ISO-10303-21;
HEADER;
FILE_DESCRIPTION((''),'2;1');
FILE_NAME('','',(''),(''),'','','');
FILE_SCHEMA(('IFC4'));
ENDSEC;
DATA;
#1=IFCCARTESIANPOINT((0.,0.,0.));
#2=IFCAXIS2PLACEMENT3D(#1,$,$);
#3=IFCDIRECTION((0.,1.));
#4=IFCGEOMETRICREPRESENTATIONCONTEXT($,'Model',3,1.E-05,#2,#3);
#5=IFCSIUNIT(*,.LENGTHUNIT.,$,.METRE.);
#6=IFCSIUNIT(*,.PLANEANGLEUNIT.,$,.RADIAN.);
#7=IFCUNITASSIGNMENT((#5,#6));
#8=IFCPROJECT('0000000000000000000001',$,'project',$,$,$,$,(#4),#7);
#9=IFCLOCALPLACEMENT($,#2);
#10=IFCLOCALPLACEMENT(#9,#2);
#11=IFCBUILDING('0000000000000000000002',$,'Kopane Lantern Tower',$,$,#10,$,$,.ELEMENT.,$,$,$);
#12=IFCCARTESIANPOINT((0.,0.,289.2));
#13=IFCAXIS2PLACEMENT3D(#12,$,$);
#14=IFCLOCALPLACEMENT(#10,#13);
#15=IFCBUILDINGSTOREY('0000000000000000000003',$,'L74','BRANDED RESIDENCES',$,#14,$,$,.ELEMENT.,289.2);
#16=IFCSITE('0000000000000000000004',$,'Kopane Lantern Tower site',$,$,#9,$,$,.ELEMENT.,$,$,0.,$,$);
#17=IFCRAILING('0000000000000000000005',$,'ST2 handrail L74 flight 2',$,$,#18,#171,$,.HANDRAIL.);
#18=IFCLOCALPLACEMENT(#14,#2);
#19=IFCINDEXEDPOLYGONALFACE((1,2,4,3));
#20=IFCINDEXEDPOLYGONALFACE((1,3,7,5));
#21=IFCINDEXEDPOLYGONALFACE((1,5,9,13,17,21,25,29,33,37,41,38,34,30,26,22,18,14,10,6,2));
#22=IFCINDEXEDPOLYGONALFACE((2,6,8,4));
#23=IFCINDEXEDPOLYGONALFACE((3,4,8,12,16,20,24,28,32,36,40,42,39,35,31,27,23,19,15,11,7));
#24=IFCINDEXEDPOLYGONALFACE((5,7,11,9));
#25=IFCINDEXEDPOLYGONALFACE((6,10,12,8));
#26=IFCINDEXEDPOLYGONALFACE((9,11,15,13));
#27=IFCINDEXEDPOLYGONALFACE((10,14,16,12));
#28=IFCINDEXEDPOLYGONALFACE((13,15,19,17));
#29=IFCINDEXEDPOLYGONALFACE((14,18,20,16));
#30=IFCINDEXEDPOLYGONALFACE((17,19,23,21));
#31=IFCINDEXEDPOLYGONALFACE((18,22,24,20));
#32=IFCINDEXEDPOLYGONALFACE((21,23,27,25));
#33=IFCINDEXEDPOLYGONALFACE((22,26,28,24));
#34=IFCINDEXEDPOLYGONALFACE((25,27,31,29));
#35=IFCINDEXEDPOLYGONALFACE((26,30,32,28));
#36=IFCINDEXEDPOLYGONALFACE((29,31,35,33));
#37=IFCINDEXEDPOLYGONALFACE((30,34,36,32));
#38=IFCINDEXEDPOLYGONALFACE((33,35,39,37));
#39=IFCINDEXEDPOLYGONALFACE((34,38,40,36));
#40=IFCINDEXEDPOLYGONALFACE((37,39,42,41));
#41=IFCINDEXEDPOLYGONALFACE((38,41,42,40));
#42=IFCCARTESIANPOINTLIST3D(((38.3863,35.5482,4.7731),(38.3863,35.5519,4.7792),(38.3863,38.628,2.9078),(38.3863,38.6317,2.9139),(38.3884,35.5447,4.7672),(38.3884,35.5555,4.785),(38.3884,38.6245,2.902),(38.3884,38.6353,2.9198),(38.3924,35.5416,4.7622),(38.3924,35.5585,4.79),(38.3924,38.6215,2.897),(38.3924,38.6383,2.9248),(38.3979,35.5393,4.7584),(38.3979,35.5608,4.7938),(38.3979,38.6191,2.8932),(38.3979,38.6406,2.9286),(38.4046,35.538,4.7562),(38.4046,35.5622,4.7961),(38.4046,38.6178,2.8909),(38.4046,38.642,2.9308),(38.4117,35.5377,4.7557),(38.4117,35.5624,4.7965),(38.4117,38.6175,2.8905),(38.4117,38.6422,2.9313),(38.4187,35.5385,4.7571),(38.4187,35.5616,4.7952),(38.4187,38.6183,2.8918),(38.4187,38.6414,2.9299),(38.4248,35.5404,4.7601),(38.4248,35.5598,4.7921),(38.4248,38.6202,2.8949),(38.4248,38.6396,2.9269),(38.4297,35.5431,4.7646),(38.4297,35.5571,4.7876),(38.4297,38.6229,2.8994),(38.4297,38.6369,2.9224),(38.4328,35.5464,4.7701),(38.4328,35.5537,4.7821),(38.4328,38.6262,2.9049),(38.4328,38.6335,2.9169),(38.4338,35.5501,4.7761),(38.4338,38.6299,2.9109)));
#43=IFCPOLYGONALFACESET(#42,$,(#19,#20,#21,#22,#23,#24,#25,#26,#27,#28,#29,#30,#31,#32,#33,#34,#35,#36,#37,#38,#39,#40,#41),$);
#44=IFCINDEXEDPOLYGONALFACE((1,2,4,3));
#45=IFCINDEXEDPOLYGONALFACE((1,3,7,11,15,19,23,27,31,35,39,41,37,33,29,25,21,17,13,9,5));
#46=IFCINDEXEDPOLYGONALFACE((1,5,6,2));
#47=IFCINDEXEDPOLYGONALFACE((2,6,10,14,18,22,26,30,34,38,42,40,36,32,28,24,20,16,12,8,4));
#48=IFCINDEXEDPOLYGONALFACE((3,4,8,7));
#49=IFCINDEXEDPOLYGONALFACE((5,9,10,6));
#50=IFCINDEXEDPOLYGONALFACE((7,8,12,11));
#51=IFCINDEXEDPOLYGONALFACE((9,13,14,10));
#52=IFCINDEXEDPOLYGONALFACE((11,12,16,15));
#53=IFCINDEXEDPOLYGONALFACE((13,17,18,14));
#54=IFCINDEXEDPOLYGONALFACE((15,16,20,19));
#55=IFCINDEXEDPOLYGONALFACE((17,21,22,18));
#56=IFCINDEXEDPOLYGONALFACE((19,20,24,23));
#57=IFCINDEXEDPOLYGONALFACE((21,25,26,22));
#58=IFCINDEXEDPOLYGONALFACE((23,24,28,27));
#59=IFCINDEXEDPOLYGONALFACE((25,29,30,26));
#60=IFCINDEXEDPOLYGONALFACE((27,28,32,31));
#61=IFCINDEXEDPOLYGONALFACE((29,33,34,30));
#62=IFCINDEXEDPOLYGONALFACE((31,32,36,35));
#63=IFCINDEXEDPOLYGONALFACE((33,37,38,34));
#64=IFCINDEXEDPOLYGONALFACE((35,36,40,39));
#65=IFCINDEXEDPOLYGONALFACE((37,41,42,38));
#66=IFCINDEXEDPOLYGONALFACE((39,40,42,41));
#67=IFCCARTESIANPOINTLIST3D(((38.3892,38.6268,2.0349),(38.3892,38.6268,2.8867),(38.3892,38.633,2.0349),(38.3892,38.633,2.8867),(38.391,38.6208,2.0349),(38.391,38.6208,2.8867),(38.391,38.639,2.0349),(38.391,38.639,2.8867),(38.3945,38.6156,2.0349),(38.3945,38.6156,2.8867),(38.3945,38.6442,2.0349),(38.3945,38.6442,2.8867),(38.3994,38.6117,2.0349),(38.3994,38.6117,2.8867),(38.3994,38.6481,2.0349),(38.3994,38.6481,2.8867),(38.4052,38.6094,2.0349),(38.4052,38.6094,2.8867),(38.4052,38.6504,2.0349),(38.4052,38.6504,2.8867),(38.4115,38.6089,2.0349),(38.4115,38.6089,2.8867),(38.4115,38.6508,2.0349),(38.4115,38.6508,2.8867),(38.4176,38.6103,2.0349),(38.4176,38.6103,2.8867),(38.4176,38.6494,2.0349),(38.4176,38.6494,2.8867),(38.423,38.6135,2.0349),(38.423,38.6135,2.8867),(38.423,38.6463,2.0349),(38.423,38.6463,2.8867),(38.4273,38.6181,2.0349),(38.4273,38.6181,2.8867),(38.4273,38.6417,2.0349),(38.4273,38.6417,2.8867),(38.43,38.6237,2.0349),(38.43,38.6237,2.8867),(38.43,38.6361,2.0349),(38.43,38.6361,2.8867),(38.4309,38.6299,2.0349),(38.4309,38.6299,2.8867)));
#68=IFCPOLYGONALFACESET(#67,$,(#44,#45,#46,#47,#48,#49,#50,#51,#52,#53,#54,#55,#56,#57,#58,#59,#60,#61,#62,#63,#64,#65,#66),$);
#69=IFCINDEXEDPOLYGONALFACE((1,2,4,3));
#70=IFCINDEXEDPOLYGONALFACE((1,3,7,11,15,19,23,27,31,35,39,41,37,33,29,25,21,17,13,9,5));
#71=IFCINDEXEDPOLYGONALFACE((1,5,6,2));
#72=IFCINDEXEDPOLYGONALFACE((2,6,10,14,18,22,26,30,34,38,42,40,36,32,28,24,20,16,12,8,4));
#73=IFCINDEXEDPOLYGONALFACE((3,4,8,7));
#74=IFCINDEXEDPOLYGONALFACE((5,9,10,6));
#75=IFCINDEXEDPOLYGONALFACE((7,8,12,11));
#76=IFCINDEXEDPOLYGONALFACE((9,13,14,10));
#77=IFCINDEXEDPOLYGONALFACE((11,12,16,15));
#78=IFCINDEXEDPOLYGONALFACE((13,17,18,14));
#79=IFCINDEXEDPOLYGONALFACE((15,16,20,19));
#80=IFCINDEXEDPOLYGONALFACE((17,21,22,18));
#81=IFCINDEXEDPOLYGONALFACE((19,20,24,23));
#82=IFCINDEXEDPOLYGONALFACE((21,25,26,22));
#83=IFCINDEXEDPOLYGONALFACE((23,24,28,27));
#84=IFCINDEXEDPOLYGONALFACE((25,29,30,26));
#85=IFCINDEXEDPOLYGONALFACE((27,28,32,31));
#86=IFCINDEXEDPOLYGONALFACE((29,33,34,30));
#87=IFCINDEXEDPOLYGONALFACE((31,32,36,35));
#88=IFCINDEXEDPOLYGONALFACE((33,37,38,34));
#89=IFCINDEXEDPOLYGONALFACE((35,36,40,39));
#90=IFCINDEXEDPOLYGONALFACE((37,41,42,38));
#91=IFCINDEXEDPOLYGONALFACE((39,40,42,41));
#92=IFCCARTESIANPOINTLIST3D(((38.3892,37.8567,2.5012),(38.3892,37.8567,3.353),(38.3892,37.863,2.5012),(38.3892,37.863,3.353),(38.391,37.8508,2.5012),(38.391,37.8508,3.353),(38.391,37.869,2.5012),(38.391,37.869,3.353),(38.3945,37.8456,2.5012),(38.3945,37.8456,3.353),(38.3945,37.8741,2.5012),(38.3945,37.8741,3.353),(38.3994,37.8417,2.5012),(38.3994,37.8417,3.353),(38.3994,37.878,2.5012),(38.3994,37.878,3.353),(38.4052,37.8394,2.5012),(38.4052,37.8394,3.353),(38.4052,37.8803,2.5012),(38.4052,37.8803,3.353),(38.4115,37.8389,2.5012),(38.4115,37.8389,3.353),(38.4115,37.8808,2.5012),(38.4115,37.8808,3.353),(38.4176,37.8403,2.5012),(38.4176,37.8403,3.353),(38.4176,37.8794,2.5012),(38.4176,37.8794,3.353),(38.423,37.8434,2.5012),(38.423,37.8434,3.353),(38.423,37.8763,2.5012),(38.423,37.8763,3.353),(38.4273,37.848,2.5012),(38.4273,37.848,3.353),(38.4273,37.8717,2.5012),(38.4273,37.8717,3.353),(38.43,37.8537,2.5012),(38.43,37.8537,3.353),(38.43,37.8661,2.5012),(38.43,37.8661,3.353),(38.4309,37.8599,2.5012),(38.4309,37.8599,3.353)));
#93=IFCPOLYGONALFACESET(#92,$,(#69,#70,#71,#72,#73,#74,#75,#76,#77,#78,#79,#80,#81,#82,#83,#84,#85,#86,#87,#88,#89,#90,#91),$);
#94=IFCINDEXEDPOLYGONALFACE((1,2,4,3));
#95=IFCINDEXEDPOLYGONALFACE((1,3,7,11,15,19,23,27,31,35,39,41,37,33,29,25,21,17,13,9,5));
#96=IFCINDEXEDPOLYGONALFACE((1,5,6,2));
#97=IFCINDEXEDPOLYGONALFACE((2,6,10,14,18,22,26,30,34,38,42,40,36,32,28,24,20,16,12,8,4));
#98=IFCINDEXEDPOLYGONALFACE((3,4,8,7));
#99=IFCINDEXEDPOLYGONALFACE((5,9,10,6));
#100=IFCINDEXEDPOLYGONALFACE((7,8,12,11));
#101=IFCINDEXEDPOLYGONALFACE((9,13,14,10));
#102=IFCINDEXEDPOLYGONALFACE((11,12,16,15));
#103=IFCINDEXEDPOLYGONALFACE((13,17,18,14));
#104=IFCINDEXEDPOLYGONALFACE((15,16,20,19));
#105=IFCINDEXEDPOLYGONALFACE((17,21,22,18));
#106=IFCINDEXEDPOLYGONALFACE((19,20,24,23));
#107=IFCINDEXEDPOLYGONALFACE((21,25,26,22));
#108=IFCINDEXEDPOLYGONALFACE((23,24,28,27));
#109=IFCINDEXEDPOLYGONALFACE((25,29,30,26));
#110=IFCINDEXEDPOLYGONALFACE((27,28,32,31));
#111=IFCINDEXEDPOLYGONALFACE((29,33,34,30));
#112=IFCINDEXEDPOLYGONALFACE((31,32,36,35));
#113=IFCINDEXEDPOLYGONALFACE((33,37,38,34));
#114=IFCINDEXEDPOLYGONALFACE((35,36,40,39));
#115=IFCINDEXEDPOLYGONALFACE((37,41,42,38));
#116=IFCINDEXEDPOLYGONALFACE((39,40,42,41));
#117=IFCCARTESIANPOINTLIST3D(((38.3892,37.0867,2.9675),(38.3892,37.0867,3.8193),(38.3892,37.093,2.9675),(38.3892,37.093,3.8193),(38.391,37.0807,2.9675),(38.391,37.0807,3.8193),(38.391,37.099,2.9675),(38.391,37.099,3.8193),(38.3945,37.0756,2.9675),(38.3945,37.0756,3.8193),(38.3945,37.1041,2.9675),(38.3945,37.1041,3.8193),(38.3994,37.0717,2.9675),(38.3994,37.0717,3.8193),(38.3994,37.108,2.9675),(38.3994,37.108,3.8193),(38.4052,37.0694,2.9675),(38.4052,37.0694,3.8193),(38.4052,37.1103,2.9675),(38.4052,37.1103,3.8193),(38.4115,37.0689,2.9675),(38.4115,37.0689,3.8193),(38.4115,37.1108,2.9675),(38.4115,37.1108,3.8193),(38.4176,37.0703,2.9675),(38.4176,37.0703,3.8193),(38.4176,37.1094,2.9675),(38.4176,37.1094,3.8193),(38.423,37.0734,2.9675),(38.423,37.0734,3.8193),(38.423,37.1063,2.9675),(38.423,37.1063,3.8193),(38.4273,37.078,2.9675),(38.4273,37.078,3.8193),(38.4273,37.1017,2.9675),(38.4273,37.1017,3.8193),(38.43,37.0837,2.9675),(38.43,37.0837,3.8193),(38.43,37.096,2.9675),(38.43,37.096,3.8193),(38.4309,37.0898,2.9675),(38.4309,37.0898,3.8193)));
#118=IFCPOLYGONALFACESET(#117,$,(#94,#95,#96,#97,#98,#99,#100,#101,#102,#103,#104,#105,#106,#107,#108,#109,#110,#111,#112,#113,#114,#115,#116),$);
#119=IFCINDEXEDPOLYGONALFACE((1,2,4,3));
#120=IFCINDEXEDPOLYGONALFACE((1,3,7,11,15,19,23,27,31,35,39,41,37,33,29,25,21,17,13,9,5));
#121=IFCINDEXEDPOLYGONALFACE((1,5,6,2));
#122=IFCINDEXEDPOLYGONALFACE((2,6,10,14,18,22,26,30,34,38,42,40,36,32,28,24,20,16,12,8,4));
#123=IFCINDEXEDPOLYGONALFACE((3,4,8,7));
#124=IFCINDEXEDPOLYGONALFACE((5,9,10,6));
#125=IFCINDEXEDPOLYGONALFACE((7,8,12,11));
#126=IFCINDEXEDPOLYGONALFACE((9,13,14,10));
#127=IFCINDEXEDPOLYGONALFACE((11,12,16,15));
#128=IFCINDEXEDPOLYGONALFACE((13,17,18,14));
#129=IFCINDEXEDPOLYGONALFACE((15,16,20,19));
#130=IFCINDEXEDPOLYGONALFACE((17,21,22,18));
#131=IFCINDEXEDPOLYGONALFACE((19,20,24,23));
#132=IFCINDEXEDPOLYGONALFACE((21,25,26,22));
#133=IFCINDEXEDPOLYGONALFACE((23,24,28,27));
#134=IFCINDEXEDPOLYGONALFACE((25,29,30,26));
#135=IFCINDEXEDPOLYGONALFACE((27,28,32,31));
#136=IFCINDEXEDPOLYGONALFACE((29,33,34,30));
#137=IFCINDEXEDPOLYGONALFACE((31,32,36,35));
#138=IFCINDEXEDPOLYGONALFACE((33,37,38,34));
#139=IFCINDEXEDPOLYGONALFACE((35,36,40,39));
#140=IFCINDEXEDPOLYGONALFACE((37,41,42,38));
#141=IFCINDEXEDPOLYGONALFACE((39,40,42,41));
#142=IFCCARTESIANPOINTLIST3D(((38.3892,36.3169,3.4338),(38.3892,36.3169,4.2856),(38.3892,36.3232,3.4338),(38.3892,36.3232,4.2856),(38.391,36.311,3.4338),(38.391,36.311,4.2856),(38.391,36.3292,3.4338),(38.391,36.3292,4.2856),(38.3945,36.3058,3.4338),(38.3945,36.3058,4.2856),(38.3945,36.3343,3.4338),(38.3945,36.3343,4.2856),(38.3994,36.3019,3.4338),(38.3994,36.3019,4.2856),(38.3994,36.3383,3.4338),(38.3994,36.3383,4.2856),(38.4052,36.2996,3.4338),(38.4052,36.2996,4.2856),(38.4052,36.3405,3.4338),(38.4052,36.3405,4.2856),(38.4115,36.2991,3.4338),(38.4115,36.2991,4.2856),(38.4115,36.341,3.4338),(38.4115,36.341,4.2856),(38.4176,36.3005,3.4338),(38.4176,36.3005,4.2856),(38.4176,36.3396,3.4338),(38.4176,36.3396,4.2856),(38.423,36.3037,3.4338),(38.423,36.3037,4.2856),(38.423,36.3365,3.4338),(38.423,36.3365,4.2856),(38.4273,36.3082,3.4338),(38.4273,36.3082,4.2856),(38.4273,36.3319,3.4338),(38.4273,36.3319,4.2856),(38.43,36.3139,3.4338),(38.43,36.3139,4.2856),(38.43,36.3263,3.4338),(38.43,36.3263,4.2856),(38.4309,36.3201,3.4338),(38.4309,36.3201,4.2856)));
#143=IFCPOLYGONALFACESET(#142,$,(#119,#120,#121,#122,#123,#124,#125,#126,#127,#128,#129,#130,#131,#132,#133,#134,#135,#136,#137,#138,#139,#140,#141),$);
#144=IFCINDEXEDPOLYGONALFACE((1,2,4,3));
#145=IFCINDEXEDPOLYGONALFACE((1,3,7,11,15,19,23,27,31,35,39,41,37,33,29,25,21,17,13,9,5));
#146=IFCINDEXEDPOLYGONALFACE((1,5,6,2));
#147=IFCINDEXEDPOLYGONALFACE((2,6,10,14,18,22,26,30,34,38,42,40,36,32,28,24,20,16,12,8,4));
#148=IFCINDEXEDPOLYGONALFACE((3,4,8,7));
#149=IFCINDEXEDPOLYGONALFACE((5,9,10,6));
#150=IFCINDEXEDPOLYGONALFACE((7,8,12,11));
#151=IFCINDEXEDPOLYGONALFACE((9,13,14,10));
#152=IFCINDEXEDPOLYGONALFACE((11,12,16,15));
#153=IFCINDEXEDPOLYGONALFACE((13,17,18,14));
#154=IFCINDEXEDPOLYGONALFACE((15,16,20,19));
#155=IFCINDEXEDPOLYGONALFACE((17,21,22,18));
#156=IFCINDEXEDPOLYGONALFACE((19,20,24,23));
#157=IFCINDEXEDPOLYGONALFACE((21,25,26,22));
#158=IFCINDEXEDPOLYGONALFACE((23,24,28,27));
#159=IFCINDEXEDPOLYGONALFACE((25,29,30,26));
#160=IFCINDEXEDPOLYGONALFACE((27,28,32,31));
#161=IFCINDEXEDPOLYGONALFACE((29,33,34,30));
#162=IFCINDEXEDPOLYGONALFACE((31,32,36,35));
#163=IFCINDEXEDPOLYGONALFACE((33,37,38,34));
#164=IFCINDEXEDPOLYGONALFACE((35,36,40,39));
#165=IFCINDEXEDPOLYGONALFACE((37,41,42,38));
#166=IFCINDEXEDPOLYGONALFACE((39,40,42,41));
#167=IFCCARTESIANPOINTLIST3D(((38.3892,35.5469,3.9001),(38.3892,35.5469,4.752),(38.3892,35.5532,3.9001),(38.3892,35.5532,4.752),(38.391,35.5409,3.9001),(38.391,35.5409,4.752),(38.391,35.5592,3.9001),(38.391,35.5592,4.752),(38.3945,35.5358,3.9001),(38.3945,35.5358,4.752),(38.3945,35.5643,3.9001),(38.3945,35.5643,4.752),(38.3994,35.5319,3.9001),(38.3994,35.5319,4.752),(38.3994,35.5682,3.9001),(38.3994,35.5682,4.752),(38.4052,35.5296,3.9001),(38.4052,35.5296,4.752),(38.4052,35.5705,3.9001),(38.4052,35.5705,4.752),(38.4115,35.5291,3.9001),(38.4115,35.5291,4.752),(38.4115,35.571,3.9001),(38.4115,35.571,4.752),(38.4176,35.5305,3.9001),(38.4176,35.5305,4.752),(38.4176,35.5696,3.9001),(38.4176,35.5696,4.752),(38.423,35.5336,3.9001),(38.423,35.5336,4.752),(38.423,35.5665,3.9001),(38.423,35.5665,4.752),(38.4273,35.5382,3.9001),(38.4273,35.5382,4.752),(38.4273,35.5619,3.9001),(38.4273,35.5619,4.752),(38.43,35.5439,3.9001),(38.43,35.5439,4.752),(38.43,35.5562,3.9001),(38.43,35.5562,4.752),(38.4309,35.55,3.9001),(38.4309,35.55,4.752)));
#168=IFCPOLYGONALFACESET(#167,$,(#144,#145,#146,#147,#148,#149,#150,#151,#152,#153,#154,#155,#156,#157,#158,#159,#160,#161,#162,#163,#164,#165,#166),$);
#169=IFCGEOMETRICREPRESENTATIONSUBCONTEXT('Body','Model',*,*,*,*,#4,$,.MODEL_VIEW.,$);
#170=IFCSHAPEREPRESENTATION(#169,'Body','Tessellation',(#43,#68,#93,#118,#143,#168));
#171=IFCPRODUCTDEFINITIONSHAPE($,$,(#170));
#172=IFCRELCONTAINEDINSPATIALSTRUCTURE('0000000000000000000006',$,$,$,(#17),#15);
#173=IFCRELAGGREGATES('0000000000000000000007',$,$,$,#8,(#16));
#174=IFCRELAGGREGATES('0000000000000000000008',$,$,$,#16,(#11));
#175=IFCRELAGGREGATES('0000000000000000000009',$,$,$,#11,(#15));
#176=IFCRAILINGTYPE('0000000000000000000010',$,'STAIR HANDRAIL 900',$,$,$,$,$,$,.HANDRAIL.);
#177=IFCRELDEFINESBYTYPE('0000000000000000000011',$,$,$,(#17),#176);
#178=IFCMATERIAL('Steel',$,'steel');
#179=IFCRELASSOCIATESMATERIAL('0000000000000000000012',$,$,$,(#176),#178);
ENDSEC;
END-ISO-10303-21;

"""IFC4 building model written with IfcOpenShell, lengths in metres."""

from ifc_helpers import new_model, si_unit, direction, frame, origin, origin_2d, place, context, subcontext, project, spatial, circle, extrude, material, type_object, element, save


model = new_model("IFC4")

# Units and contexts
model_context = context("Model", 3, precision=1e-05, world=origin(), true_north=direction((0.0, 1.0)))
body_context = subcontext(model_context, "Body", "Model", "MODEL_VIEW")
ifc_project = project(units=[si_unit("LENGTHUNIT", "METRE"), si_unit("PLANEANGLEUNIT", "RADIAN")], contexts=[model_context])

# Site, building, storey
site_placement = place(None, origin())
site = spatial("IfcSite", under=ifc_project, at=site_placement, Name="Kopane Lantern Tower site", CompositionType="ELEMENT", RefElevation=0.0)
building_placement = place(site_placement, origin())
building = spatial("IfcBuilding", under=site, at=building_placement, Name="Kopane Lantern Tower", CompositionType="ELEMENT")
storey_placement = place(building_placement, frame((0.0, 0.0, 289.2)))
storey = spatial("IfcBuildingStorey", under=building, at=storey_placement, Name="L74", Description="BRANDED RESIDENCES", CompositionType="ELEMENT", Elevation=289.2)

# Railing
ifc_material_1 = material(Name="Steel", Category="steel")
railing_type = type_object("IfcRailingType", Name="STAIR HANDRAIL 900", PredefinedType="HANDRAIL", material=ifc_material_1)
for number, where, name in (
    (1, (38.4099, 38.6299, 2.0349), "ST2 handrail L74 flight 2"),
):
    element("IfcRailing", number, at=place(storey_placement, frame(where)), inside=storey, type_object=railing_type, Name=name, PredefinedType="HANDRAIL", context=body_context, shape_type="SweptSolid", body=[
        extrude(circle(Radius=0.0239, at=origin_2d()), frame((0.0, 0.0, 0.876), z_axis=(0.0, -0.855362, 0.518031), x_axis=(1.0, 0.0, 0.0)), (0.0, 0.0, 1.0), 3.6006),
        extrude(circle(Radius=0.021, at=origin_2d()), origin(), (0.0, 0.0, 1.0), 0.8518),
        extrude(circle(Radius=0.021, at=origin_2d()), frame((0.0, -0.77, 0.4663)), (0.0, 0.0, 1.0), 0.8518),
        extrude(circle(Radius=0.021, at=origin_2d()), frame((0.0, -1.54, 0.9326)), (0.0, 0.0, 1.0), 0.8518),
        extrude(circle(Radius=0.021, at=origin_2d()), frame((0.0, -2.3098, 1.3989)), (0.0, 0.0, 1.0), 0.8518),
        extrude(circle(Radius=0.021, at=origin_2d()), frame((0.0, -3.0798, 1.8652)), (0.0, 0.0, 1.0), 0.8518),
    ])

save(model, "model.ifc")
